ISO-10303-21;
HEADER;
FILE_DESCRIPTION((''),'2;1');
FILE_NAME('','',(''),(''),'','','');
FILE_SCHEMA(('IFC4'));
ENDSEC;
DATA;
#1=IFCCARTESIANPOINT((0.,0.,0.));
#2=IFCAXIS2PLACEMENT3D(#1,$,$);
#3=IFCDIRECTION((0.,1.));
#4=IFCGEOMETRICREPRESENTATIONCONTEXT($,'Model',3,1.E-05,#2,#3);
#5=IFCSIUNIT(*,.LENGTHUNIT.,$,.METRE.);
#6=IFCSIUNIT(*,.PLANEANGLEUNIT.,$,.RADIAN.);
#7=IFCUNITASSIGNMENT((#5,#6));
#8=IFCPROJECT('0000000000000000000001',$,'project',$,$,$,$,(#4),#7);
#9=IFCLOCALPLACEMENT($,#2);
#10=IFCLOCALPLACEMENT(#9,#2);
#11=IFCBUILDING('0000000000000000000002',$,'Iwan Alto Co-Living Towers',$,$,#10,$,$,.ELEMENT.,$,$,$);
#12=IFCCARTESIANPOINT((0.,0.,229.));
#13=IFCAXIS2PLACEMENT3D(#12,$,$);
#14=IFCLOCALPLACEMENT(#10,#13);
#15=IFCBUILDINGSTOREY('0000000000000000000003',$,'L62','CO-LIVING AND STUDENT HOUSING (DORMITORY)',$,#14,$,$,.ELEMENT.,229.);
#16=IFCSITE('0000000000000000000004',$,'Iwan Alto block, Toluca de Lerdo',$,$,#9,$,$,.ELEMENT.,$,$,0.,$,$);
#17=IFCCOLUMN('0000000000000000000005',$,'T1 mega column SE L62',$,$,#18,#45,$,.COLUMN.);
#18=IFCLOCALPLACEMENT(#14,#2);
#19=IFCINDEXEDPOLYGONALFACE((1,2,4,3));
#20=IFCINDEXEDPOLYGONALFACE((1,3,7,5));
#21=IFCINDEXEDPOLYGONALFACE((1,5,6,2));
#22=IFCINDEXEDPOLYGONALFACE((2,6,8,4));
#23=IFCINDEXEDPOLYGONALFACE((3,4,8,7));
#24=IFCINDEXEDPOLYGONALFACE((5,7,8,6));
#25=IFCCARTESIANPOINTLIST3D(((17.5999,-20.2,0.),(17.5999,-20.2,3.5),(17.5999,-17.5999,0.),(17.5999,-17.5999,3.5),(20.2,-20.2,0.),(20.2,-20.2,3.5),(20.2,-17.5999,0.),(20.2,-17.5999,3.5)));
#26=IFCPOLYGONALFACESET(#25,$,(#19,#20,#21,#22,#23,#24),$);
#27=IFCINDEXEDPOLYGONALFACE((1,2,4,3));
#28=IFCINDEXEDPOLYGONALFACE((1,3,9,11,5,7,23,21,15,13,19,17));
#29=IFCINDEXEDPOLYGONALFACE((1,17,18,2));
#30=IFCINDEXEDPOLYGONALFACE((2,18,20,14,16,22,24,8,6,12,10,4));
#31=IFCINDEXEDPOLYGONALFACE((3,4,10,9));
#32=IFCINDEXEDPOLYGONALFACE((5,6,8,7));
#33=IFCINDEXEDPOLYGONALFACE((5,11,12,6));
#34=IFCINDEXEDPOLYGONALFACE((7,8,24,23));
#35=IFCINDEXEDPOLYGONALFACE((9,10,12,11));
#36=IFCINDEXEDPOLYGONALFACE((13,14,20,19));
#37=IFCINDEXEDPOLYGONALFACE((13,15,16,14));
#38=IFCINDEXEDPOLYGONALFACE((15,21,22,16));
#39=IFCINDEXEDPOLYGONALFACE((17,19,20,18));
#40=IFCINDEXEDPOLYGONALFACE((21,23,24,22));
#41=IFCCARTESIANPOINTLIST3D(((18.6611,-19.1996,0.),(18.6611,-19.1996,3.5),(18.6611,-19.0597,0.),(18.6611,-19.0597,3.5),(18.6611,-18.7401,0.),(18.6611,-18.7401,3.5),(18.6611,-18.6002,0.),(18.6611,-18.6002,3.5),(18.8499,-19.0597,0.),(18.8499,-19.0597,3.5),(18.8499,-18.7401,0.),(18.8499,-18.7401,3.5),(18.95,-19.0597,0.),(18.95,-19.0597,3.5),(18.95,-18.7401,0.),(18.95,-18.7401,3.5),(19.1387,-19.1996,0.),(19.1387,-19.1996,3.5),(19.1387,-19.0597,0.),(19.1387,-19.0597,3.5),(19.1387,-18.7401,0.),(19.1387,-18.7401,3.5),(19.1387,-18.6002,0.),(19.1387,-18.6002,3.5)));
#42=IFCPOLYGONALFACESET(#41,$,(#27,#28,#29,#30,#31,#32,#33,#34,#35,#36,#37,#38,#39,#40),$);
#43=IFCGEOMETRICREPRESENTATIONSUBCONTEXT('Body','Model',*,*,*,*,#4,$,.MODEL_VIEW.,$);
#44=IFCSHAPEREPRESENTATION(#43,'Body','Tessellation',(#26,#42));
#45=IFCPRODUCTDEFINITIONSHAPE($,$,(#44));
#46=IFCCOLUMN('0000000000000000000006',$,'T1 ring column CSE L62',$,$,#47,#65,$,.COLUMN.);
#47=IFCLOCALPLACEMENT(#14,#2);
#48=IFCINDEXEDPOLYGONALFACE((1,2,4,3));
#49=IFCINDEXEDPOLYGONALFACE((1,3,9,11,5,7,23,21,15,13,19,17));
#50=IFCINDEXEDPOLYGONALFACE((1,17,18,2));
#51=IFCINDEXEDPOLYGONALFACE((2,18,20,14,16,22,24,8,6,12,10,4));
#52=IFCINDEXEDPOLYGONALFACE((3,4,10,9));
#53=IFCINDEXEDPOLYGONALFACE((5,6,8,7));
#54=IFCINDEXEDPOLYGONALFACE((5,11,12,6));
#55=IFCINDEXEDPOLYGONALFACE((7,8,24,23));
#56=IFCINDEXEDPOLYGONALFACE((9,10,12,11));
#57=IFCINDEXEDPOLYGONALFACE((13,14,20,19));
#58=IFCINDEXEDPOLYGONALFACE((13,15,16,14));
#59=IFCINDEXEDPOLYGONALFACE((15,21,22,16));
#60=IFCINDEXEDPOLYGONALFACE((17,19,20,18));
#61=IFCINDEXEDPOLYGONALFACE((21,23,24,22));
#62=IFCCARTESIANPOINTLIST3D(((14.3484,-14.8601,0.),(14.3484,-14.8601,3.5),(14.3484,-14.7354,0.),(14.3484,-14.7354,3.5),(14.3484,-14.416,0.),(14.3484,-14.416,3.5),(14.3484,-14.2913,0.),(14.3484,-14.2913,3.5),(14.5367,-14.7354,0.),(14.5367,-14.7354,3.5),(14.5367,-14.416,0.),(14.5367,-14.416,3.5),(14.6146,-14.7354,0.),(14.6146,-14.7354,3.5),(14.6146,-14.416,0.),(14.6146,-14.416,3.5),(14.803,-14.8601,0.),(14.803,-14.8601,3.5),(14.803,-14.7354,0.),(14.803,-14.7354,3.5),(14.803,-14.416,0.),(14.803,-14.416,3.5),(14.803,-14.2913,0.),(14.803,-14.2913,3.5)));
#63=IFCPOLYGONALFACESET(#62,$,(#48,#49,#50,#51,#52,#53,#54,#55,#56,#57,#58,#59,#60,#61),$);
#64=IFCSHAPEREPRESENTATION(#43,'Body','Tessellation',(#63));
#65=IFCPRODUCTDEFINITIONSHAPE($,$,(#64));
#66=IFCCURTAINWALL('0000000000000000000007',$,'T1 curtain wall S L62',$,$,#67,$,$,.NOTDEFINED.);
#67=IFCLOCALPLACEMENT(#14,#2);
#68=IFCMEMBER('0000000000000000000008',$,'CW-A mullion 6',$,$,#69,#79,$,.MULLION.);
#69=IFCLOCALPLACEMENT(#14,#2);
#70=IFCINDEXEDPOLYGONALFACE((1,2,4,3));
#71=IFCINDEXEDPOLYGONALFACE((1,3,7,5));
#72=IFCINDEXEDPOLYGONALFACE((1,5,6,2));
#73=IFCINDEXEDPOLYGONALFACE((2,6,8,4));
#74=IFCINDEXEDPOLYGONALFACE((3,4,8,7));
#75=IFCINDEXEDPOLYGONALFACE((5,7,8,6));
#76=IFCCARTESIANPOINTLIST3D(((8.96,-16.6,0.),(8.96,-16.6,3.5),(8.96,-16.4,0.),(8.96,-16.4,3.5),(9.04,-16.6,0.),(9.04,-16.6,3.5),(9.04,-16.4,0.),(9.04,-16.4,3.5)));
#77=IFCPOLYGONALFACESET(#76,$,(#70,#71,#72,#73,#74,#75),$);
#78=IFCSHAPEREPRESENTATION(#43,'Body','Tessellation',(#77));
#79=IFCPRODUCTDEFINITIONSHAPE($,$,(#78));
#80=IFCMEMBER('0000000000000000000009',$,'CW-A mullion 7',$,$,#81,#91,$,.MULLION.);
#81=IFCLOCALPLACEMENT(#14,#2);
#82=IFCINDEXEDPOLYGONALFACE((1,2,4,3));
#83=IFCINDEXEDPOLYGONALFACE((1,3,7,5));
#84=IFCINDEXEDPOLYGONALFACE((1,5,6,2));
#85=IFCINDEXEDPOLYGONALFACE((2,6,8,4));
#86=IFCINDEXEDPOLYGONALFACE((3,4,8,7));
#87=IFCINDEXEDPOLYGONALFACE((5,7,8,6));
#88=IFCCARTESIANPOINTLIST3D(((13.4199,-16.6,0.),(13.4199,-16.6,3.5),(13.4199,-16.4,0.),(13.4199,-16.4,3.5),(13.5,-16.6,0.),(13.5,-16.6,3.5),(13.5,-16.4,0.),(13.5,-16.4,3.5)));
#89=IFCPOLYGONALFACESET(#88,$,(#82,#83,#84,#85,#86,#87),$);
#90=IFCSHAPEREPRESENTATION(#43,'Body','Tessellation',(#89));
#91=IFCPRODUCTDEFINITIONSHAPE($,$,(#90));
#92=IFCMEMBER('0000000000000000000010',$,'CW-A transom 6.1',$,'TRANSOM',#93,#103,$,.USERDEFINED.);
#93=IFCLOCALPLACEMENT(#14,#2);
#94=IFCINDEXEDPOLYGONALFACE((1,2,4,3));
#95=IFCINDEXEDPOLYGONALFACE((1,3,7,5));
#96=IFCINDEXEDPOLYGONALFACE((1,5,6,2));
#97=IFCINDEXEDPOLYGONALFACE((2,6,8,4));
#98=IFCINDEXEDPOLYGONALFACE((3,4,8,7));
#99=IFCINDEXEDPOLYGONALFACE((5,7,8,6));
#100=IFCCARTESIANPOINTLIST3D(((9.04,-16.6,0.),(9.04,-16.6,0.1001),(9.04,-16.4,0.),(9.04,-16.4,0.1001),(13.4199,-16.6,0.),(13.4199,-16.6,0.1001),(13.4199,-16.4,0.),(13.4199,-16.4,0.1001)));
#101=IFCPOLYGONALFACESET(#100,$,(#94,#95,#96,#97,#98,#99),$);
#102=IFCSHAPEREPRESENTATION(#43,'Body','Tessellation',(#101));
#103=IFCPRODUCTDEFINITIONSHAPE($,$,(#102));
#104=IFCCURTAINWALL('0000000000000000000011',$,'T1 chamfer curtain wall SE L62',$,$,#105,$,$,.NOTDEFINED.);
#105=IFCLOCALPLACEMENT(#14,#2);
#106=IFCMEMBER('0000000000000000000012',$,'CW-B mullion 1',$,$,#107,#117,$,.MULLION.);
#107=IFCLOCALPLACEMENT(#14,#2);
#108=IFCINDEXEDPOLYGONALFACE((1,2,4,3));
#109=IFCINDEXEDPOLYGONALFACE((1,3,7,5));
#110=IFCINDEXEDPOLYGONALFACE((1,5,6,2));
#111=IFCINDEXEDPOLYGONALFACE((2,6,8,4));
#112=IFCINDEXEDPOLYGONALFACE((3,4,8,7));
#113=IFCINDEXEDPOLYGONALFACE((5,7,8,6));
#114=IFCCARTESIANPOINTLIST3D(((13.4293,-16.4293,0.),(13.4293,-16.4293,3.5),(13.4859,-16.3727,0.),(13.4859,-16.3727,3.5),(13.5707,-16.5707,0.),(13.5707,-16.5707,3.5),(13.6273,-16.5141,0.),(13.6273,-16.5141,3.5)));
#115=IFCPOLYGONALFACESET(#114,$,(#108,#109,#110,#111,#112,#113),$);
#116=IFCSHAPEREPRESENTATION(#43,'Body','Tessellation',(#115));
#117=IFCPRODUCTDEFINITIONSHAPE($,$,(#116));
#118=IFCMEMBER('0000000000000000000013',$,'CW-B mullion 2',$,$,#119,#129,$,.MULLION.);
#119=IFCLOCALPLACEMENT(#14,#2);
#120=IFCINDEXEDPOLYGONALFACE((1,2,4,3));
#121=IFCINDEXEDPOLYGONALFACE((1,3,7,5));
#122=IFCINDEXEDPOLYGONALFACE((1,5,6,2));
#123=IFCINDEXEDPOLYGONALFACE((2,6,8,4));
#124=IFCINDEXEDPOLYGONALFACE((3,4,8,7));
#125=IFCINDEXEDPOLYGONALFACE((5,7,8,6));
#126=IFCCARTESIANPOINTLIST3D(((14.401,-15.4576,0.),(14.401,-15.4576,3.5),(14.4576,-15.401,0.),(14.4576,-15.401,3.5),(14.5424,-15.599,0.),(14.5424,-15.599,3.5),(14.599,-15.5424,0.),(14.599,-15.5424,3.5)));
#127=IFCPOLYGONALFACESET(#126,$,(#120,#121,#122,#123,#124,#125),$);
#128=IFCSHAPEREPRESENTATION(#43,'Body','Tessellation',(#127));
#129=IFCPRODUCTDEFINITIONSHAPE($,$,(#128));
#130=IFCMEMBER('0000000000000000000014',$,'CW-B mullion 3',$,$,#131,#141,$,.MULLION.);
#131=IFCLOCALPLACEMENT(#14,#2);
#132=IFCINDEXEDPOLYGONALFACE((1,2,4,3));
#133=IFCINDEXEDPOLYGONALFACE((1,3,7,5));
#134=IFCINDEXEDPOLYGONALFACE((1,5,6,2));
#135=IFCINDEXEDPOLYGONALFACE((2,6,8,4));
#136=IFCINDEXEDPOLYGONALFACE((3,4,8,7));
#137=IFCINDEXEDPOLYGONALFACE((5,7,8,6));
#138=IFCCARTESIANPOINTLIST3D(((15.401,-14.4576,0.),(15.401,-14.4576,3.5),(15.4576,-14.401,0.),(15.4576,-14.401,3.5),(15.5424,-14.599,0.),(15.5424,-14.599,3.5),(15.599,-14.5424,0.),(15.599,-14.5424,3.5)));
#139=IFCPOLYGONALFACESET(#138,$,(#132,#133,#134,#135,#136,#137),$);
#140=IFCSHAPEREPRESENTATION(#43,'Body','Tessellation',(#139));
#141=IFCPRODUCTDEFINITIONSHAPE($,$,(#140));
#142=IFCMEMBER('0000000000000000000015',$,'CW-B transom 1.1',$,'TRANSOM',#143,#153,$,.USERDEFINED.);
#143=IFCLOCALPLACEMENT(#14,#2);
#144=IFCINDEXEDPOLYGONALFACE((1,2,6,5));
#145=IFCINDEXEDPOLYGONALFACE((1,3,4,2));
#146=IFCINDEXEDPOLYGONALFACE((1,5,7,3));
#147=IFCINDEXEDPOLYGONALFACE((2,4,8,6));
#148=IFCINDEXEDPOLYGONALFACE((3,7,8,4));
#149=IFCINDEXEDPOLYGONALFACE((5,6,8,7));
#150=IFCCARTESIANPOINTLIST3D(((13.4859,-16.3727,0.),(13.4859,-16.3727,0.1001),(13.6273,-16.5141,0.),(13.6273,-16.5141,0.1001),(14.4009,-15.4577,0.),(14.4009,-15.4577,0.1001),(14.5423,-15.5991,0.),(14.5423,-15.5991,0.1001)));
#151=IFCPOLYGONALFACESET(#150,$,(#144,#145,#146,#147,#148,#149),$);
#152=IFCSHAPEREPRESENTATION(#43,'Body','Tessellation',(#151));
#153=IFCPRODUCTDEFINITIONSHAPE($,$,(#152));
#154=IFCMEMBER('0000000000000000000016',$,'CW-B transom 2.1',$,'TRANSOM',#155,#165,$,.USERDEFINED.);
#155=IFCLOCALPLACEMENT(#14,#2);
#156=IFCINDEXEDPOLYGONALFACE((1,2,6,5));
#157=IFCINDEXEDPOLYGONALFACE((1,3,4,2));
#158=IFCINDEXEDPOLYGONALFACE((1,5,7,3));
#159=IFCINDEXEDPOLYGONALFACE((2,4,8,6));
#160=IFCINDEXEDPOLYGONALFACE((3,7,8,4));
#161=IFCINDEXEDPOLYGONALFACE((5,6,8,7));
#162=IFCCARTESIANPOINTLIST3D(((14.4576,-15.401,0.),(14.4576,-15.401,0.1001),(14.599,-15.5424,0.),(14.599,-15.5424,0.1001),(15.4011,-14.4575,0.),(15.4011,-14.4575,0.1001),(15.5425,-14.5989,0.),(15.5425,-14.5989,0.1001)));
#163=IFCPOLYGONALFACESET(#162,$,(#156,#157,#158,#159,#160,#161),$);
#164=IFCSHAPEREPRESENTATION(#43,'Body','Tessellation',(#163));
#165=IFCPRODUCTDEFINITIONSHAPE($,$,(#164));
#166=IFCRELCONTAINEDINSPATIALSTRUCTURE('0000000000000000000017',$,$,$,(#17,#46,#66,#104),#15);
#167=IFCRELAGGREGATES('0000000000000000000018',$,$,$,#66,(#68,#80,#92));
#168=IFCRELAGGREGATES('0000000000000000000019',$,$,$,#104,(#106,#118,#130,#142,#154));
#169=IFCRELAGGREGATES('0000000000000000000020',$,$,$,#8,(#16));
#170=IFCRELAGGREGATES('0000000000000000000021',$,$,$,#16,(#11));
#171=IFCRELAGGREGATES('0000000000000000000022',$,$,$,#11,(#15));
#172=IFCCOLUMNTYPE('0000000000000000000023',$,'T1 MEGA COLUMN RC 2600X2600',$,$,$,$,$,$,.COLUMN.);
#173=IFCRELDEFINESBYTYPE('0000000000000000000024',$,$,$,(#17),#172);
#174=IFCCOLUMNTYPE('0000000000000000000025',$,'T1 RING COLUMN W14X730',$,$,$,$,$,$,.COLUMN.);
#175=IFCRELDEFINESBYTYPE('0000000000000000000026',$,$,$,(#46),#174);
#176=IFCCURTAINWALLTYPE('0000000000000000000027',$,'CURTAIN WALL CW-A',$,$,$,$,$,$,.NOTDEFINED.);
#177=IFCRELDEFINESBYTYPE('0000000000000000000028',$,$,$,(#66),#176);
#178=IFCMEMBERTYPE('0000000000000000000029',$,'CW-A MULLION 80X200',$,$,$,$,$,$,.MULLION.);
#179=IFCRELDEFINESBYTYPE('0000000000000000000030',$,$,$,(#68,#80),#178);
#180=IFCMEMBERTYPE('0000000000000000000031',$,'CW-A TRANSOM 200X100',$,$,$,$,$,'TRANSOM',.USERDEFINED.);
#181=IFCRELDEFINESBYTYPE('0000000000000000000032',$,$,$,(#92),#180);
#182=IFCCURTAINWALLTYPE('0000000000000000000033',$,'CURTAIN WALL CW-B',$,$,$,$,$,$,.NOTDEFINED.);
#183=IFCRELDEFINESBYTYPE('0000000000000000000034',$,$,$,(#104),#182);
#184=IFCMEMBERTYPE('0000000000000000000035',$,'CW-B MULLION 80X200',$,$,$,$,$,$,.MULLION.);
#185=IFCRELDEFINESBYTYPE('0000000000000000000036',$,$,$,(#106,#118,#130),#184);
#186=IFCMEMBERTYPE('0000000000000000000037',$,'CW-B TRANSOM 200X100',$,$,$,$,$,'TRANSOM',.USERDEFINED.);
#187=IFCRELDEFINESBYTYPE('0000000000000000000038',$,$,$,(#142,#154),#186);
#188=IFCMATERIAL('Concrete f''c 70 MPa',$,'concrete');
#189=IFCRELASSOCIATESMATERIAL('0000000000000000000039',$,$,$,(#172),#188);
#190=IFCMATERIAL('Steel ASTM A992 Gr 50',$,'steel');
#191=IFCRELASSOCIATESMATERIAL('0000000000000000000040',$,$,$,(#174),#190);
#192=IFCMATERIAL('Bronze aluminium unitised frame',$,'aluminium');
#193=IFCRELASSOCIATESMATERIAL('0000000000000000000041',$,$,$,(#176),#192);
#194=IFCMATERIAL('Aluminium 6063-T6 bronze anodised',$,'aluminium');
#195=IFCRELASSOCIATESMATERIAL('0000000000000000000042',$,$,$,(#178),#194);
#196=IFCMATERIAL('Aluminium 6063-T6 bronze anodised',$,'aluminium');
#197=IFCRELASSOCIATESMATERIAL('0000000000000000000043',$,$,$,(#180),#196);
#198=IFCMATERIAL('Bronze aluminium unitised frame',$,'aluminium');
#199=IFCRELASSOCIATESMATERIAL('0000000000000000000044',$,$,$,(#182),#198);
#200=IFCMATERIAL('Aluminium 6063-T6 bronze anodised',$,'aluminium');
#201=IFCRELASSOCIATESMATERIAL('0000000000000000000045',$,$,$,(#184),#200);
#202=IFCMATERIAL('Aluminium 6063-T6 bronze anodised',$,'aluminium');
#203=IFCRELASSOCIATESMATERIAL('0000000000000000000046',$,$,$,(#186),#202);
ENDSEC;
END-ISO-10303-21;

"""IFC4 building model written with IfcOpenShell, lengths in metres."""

from ifc_helpers import new_model, si_unit, direction, frame, origin, origin_2d, place, context, subcontext, project, spatial, rectangle, i_section, extrude, material, material_profile, profile_set, type_object, element, aggregate, save


model = new_model("IFC4")

# Units and contexts
model_context = context("Model", 3, precision=1e-05, world=origin(), true_north=direction((0.0, 1.0)))
body_context = subcontext(model_context, "Body", "Model", "MODEL_VIEW")
ifc_project = project(units=[si_unit("LENGTHUNIT", "METRE"), si_unit("PLANEANGLEUNIT", "RADIAN")], contexts=[model_context])

# Site, building, storey
site_placement = place(None, origin())
site = spatial("IfcSite", under=ifc_project, at=site_placement, Name="Iwan Alto block, Toluca de Lerdo", CompositionType="ELEMENT", RefElevation=0.0)
building_placement = place(site_placement, origin())
building = spatial("IfcBuilding", under=site, at=building_placement, Name="Iwan Alto Co-Living Towers", CompositionType="ELEMENT")
storey_placement = place(building_placement, frame((0.0, 0.0, 229.0)))
storey = spatial("IfcBuildingStorey", under=building, at=storey_placement, Name="L62", Description="CO-LIVING AND STUDENT HOUSING (DORMITORY)", CompositionType="ELEMENT", Elevation=229.0)

# Columns
ifc_material_1 = material(Name="Concrete f'c 70 MPa", Category="concrete")
ifc_material_profile_1 = material_profile(ifc_material_1, rectangle(XDim=2.6001, YDim=2.6001, at=origin_2d()), Name="RC 2600X2600")
ifc_profile_set_1 = profile_set([ifc_material_profile_1], Name="Concrete f'c 70 MPa")
column_type_1 = type_object("IfcColumnType", Name="T1 MEGA COLUMN RC 2600X2600", PredefinedType="COLUMN", material=ifc_profile_set_1)
column_1_placement = place(storey_placement, frame((18.8999, -18.8999, 0.0), z_axis=(0.0, 0.0, 1.0), x_axis=(1.0, 0.0, 0.0)))
element("IfcColumn", 1, at=column_1_placement, inside=storey, type_object=column_type_1, Name="T1 mega column SE L62", PredefinedType="COLUMN", context=body_context, shape_type="SweptSolid", body=[
    extrude(rectangle(XDim=2.6001, YDim=2.6001, at=origin_2d()), origin(), (0.0, 0.0, 1.0), 3.5),
    extrude(i_section(OverallWidth=0.4775, OverallDepth=0.5994, WebThickness=0.1001, FlangeThickness=0.1399, at=origin_2d()), origin(), (0.0, 0.0, 1.0), 3.5),
])
ifc_material_2 = material(Name="Steel ASTM A992 Gr 50", Category="steel")
ifc_material_profile_2 = material_profile(ifc_material_2, i_section(OverallWidth=0.4546, OverallDepth=0.5688, WebThickness=0.0779, FlangeThickness=0.1248, at=origin_2d()), Name="W14X730")
ifc_profile_set_2 = profile_set([ifc_material_profile_2], Name="Steel ASTM A992 Gr 50")
column_type_2 = type_object("IfcColumnType", Name="T1 RING COLUMN W14X730", PredefinedType="COLUMN", material=ifc_profile_set_2)
column_2_placement = place(storey_placement, frame((14.5757, -14.5757, 0.0), z_axis=(0.0, 0.0, 1.0), x_axis=(1.0, 0.0, 0.0)))
element("IfcColumn", 2, at=column_2_placement, inside=storey, type_object=column_type_2, Name="T1 ring column CSE L62", PredefinedType="COLUMN", context=body_context, shape_type="SweptSolid", body=[
    extrude(i_section(OverallWidth=0.4546, OverallDepth=0.5688, WebThickness=0.0779, FlangeThickness=0.1248, at=origin_2d()), origin(), (0.0, 0.0, 1.0), 3.5),
])

# Curtain walls, members
ifc_material_3 = material(Name="Bronze aluminium unitised frame", Category="aluminium")
curtain_wall_type_1 = type_object("IfcCurtainWallType", Name="CURTAIN WALL CW-A", PredefinedType="NOTDEFINED", material=ifc_material_3)
curtain_wall_1_placement = place(storey_placement, origin())
curtain_wall_1 = element("IfcCurtainWall", 3, at=curtain_wall_1_placement, inside=storey, type_object=curtain_wall_type_1, Name="T1 curtain wall S L62", PredefinedType="NOTDEFINED")
ifc_material_4 = material(Name="Aluminium 6063-T6 bronze anodised", Category="aluminium")
ifc_material_profile_3 = material_profile(ifc_material_4, rectangle(XDim=0.2, YDim=0.0801, at=origin_2d()), Name="AL 80X200")
ifc_profile_set_3 = profile_set([ifc_material_profile_3], Name="Aluminium 6063-T6 bronze anodised")
member_type_1 = type_object("IfcMemberType", Name="CW-A MULLION 80X200", PredefinedType="MULLION", material=ifc_profile_set_3)
member_1_placement = place(storey_placement, frame((9.0, -16.5, 0.0), z_axis=(0.0, 0.0, 1.0), x_axis=(0.0, 1.0, 0.0)))
member_1 = element("IfcMember", 4, at=member_1_placement, type_object=member_type_1, Name="CW-A mullion 6", PredefinedType="MULLION", context=body_context, shape_type="SweptSolid", body=[
    extrude(rectangle(XDim=0.2, YDim=0.0801, at=origin_2d()), origin(), (0.0, 0.0, 1.0), 3.5),
])
member_2_placement = place(storey_placement, frame((13.46, -16.5, 0.0), z_axis=(0.0, 0.0, 1.0), x_axis=(0.0, 1.0, 0.0)))
member_2 = element("IfcMember", 5, at=member_2_placement, type_object=member_type_1, Name="CW-A mullion 7", PredefinedType="MULLION", context=body_context, shape_type="SweptSolid", body=[
    extrude(rectangle(XDim=0.2, YDim=0.0801, at=origin_2d()), origin(), (0.0, 0.0, 1.0), 3.5),
])
ifc_material_5 = material(Name="Aluminium 6063-T6 bronze anodised", Category="aluminium")
ifc_material_profile_4 = material_profile(ifc_material_5, rectangle(XDim=0.2, YDim=0.1001, at=origin_2d()), Name="AL 200X100")
ifc_profile_set_4 = profile_set([ifc_material_profile_4], Name="Aluminium 6063-T6 bronze anodised")
member_type_2 = type_object("IfcMemberType", Name="CW-A TRANSOM 200X100", ElementType="TRANSOM", PredefinedType="USERDEFINED", material=ifc_profile_set_4)
member_3_placement = place(storey_placement, frame((9.04, -16.5, 0.05), z_axis=(1.0, 0.0, 0.0), x_axis=(0.0, 1.0, 0.0)))
member_3 = element("IfcMember", 6, at=member_3_placement, type_object=member_type_2, Name="CW-A transom 6.1", ObjectType="TRANSOM", PredefinedType="USERDEFINED", context=body_context, shape_type="SweptSolid", body=[
    extrude(rectangle(XDim=0.2, YDim=0.1001, at=origin_2d()), origin(), (0.0, 0.0, 1.0), 4.3799),
])
ifc_material_6 = material(Name="Bronze aluminium unitised frame", Category="aluminium")
curtain_wall_type_2 = type_object("IfcCurtainWallType", Name="CURTAIN WALL CW-B", PredefinedType="NOTDEFINED", material=ifc_material_6)
curtain_wall_2_placement = place(storey_placement, origin())
curtain_wall_2 = element("IfcCurtainWall", 7, at=curtain_wall_2_placement, inside=storey, type_object=curtain_wall_type_2, Name="T1 chamfer curtain wall SE L62", PredefinedType="NOTDEFINED")
ifc_material_7 = material(Name="Aluminium 6063-T6 bronze anodised", Category="aluminium")
ifc_material_profile_5 = material_profile(ifc_material_7, rectangle(XDim=0.2, YDim=0.0801, at=origin_2d()), Name="AL 80X200")
ifc_profile_set_5 = profile_set([ifc_material_profile_5], Name="Aluminium 6063-T6 bronze anodised")
member_type_3 = type_object("IfcMemberType", Name="CW-B MULLION 80X200", PredefinedType="MULLION", material=ifc_profile_set_5)
member_4_placement = place(storey_placement, frame((13.5283, -16.4717, 0.0), z_axis=(0.0, 0.0, 1.0), x_axis=(-0.707107, 0.707107, 0.0)))
member_4 = element("IfcMember", 8, at=member_4_placement, type_object=member_type_3, Name="CW-B mullion 1", PredefinedType="MULLION", context=body_context, shape_type="SweptSolid", body=[
    extrude(rectangle(XDim=0.2, YDim=0.0801, at=origin_2d()), origin(), (0.0, 0.0, 1.0), 3.5),
])
member_5_placement = place(storey_placement, frame((14.5, -15.5, 0.0), z_axis=(0.0, 0.0, 1.0), x_axis=(-0.707107, 0.707107, 0.0)))
member_5 = element("IfcMember", 9, at=member_5_placement, type_object=member_type_3, Name="CW-B mullion 2", PredefinedType="MULLION", context=body_context, shape_type="SweptSolid", body=[
    extrude(rectangle(XDim=0.2, YDim=0.0801, at=origin_2d()), origin(), (0.0, 0.0, 1.0), 3.5),
])
member_6_placement = place(storey_placement, frame((15.5, -14.5, 0.0), z_axis=(0.0, 0.0, 1.0), x_axis=(-0.707107, 0.707107, 0.0)))
member_6 = element("IfcMember", 10, at=member_6_placement, type_object=member_type_3, Name="CW-B mullion 3", PredefinedType="MULLION", context=body_context, shape_type="SweptSolid", body=[
    extrude(rectangle(XDim=0.2, YDim=0.0801, at=origin_2d()), origin(), (0.0, 0.0, 1.0), 3.5),
])
ifc_material_8 = material(Name="Aluminium 6063-T6 bronze anodised", Category="aluminium")
ifc_material_profile_6 = material_profile(ifc_material_8, rectangle(XDim=0.2, YDim=0.1001, at=origin_2d()), Name="AL 200X100")
ifc_profile_set_6 = profile_set([ifc_material_profile_6], Name="Aluminium 6063-T6 bronze anodised")
member_type_4 = type_object("IfcMemberType", Name="CW-B TRANSOM 200X100", ElementType="TRANSOM", PredefinedType="USERDEFINED", material=ifc_profile_set_6)
member_7_placement = place(storey_placement, frame((13.5566, -16.4434, 0.05), z_axis=(0.707107, 0.707107, 0.0), x_axis=(-0.707107, 0.707107, 0.0)))
member_7 = element("IfcMember", 11, at=member_7_placement, type_object=member_type_4, Name="CW-B transom 1.1", ObjectType="TRANSOM", PredefinedType="USERDEFINED", context=body_context, shape_type="SweptSolid", body=[
    extrude(rectangle(XDim=0.2, YDim=0.1001, at=origin_2d()), origin(), (0.0, 0.0, 1.0), 1.2939),
])
member_8_placement = place(storey_placement, frame((14.5283, -15.4717, 0.05), z_axis=(0.707107, 0.707107, 0.0), x_axis=(-0.707107, 0.707107, 0.0)))
member_8 = element("IfcMember", 12, at=member_8_placement, type_object=member_type_4, Name="CW-B transom 2.1", ObjectType="TRANSOM", PredefinedType="USERDEFINED", context=body_context, shape_type="SweptSolid", body=[
    extrude(rectangle(XDim=0.2, YDim=0.1001, at=origin_2d()), origin(), (0.0, 0.0, 1.0), 1.3342),
])

aggregate(curtain_wall_1, [member_1, member_2, member_3])
aggregate(curtain_wall_2, [member_4, member_5, member_6, member_7, member_8])

save(model, "model.ifc")
